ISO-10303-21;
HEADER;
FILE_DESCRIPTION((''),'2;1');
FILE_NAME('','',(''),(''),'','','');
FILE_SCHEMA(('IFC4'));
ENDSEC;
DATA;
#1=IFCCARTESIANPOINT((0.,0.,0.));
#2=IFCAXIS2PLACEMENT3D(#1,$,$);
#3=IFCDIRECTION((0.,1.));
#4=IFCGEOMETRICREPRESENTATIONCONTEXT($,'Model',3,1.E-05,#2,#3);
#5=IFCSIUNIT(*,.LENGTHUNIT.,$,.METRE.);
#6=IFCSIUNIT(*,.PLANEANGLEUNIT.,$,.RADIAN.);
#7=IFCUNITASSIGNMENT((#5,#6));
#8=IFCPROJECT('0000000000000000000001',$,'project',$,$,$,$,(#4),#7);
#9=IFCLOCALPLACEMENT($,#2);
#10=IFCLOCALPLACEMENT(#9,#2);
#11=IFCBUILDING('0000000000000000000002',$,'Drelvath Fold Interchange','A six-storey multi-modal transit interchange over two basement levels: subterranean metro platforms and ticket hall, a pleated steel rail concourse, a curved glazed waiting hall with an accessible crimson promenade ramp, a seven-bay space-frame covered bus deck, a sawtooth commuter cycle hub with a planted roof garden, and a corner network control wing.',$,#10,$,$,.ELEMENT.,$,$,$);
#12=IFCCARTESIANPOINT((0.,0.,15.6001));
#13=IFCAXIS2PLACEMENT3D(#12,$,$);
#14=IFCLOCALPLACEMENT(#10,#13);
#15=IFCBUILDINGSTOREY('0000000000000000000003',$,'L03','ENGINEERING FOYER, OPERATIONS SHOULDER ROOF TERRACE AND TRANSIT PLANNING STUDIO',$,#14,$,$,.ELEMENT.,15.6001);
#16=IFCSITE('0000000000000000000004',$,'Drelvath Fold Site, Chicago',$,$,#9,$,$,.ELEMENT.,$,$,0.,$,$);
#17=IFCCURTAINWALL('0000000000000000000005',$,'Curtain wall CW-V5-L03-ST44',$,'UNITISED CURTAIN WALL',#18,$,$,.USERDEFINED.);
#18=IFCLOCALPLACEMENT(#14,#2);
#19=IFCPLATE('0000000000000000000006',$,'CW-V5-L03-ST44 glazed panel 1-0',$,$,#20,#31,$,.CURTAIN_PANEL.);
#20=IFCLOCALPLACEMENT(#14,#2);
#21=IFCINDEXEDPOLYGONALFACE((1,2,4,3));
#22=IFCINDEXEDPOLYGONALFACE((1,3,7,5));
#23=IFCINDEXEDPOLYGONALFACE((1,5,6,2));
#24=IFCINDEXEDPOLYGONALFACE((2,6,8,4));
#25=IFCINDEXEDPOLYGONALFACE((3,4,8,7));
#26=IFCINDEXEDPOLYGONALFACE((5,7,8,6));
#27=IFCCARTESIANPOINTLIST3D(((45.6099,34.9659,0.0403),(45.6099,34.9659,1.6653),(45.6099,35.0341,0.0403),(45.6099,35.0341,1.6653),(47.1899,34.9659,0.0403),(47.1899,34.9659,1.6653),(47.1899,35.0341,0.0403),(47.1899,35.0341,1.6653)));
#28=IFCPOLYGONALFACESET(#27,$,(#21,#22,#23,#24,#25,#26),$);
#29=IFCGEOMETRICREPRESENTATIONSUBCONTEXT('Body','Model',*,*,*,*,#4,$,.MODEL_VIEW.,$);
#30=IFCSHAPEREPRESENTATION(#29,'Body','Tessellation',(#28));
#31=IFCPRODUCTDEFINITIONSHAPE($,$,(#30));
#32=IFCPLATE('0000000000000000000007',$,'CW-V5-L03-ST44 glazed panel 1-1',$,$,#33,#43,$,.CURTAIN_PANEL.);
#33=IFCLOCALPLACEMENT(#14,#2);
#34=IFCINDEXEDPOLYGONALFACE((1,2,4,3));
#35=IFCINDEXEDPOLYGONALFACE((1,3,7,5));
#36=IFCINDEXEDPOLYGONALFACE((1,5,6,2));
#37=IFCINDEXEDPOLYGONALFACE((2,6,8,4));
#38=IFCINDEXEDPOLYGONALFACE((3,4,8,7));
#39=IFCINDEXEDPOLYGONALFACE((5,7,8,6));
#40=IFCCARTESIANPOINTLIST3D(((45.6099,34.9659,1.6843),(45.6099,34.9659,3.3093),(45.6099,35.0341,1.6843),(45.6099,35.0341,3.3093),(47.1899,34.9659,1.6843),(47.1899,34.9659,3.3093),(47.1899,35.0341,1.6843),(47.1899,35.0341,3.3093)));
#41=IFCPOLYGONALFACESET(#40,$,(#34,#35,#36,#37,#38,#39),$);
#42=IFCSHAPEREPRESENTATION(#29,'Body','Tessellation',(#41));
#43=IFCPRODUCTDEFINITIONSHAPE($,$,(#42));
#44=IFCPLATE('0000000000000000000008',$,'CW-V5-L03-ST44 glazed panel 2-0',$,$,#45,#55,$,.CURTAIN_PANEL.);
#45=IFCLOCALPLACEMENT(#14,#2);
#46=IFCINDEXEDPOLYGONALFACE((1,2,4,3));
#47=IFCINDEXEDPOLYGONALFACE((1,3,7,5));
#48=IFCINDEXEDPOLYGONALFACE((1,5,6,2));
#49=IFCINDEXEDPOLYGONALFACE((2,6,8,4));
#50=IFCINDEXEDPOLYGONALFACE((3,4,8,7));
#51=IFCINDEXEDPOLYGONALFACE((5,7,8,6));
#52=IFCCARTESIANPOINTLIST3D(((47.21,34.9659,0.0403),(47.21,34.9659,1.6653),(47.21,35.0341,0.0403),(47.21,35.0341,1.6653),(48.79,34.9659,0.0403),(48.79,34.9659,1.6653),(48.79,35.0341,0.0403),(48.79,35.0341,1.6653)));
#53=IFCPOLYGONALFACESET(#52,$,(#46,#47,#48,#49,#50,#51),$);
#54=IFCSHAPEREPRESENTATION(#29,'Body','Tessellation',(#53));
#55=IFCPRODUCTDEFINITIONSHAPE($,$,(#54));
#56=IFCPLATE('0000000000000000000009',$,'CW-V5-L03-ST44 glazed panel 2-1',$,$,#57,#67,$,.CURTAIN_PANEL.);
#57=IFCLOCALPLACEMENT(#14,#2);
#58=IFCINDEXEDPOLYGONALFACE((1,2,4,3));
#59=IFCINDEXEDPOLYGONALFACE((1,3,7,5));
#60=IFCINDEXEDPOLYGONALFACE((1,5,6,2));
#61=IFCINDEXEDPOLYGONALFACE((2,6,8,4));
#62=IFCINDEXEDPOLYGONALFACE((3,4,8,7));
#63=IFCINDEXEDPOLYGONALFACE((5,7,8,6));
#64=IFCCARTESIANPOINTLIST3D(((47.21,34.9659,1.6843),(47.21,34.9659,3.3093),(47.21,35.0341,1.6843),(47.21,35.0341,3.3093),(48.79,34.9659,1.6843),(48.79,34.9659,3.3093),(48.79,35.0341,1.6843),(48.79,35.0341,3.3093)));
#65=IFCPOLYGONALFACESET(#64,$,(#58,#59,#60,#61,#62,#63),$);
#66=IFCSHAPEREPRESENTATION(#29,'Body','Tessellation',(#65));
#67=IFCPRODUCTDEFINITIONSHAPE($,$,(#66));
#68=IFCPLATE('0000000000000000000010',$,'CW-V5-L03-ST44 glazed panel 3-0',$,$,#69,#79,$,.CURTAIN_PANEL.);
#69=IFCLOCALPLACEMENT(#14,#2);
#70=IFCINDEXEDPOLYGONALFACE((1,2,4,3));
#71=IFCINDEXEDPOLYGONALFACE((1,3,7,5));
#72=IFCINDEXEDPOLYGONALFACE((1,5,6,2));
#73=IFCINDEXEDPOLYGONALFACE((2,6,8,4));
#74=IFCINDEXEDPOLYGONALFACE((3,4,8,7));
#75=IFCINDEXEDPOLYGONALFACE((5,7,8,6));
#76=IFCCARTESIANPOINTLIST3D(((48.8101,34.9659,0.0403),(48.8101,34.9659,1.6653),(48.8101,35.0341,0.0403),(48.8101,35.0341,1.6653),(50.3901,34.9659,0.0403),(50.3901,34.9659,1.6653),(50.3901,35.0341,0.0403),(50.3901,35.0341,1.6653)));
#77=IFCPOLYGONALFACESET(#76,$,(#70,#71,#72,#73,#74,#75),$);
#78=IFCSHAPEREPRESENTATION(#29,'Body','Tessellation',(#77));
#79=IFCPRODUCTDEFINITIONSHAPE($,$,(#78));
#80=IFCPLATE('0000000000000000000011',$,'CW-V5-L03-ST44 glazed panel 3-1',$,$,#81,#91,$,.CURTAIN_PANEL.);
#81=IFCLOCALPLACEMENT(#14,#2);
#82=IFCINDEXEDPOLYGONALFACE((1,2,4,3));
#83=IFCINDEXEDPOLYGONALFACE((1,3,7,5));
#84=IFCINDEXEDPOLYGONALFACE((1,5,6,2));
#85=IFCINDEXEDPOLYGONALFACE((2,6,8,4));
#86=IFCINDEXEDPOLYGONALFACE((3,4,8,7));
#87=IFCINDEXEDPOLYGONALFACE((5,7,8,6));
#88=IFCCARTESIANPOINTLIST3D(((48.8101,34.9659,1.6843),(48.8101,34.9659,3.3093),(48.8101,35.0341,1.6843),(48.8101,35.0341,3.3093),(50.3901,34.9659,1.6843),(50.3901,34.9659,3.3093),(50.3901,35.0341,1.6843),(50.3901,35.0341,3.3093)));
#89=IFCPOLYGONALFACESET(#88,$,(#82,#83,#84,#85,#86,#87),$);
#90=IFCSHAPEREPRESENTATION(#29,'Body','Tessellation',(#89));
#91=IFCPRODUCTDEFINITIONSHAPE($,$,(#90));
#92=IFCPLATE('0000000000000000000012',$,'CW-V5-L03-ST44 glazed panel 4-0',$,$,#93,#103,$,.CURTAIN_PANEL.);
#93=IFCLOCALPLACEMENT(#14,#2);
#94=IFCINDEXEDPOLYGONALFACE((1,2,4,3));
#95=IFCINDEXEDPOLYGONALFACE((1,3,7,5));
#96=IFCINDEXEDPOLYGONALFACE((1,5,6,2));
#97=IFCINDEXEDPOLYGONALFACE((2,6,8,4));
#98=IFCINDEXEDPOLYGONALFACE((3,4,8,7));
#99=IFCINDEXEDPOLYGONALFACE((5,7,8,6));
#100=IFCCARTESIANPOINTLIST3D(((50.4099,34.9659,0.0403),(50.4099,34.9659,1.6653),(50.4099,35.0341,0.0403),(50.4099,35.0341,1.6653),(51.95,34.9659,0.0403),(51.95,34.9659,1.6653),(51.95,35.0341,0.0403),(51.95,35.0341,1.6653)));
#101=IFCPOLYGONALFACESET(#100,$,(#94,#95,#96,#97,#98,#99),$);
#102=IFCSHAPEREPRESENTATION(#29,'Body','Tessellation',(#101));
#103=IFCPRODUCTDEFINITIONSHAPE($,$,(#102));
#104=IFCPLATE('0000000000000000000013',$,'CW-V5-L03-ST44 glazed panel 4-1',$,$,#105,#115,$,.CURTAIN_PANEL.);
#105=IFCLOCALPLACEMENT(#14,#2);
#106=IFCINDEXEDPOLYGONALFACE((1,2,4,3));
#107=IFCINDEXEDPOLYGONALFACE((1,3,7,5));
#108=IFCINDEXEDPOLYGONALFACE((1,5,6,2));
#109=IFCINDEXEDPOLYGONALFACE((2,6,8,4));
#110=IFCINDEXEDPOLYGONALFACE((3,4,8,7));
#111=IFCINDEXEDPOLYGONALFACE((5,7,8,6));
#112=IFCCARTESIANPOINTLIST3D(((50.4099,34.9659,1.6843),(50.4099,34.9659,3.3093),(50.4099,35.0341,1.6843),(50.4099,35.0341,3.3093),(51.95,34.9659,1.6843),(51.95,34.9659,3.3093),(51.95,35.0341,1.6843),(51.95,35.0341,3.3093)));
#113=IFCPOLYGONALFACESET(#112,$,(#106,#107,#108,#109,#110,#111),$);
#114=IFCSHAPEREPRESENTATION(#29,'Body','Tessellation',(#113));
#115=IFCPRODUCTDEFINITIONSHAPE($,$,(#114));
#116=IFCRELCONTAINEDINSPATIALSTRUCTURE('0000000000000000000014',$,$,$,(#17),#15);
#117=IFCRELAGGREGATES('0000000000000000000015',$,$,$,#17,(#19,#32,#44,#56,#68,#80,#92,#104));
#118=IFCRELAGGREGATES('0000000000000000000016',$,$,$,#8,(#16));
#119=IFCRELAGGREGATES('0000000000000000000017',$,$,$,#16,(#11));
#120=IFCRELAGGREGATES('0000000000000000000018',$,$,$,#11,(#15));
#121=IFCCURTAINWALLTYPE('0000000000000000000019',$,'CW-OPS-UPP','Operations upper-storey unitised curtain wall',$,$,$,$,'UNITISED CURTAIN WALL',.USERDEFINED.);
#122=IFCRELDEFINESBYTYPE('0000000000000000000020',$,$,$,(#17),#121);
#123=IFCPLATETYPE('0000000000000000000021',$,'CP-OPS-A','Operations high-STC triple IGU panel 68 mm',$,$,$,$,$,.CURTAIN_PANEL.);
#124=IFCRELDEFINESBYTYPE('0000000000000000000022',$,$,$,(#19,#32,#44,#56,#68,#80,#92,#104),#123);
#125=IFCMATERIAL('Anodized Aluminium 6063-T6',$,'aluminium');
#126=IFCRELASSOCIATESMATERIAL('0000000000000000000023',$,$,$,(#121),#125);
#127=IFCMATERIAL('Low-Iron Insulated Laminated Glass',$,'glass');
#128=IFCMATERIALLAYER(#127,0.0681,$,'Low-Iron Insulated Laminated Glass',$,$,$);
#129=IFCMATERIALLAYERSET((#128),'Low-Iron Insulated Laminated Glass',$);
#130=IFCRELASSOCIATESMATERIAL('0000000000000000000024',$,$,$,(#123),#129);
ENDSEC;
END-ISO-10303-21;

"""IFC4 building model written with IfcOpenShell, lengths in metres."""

from ifc_helpers import new_model, si_unit, direction, frame, origin, origin_2d, place, context, subcontext, project, spatial, rectangle, extrude, material, layer, layer_set, type_object, element, aggregate, save


model = new_model("IFC4")

# Units and contexts
model_context = context("Model", 3, precision=1e-05, world=origin(), true_north=direction((0.0, 1.0)))
body_context = subcontext(model_context, "Body", "Model", "MODEL_VIEW")
ifc_project = project(units=[si_unit("LENGTHUNIT", "METRE"), si_unit("PLANEANGLEUNIT", "RADIAN")], contexts=[model_context])

# Site, building, storey
site_placement = place(None, origin())
site = spatial("IfcSite", under=ifc_project, at=site_placement, Name="Drelvath Fold Site, Chicago", CompositionType="ELEMENT", RefElevation=0.0)
building_placement = place(site_placement, origin())
building = spatial("IfcBuilding", under=site, at=building_placement, Name="Drelvath Fold Interchange", Description="A six-storey multi-modal transit interchange over two basement levels: subterranean metro platforms and ticket hall, a pleated steel rail concourse, a curved glazed waiting hall with an accessible crimson promenade ramp, a seven-bay space-frame covered bus deck, a sawtooth commuter cycle hub with a planted roof garden, and a corner network control wing.", CompositionType="ELEMENT")
storey_placement = place(building_placement, frame((0.0, 0.0, 15.6001)))
storey = spatial("IfcBuildingStorey", under=building, at=storey_placement, Name="L03", Description="ENGINEERING FOYER, OPERATIONS SHOULDER ROOF TERRACE AND TRANSIT PLANNING STUDIO", CompositionType="ELEMENT", Elevation=15.6001)

# Curtain wall
ifc_material_1 = material(Name="Anodized Aluminium 6063-T6", Category="aluminium")
curtain_wall_type = type_object("IfcCurtainWallType", Name="CW-OPS-UPP", Description="Operations upper-storey unitised curtain wall", ElementType="UNITISED CURTAIN WALL", PredefinedType="USERDEFINED", material=ifc_material_1)
curtain_wall_1_placement = place(storey_placement, origin())
curtain_wall_1 = element("IfcCurtainWall", 1, at=curtain_wall_1_placement, inside=storey, type_object=curtain_wall_type, Name="Curtain wall CW-V5-L03-ST44", ObjectType="UNITISED CURTAIN WALL", PredefinedType="USERDEFINED")

# Plates
ifc_material_2 = material(Name="Low-Iron Insulated Laminated Glass", Category="glass")
ifc_layer = layer(ifc_material_2, 0.0681, Name="Low-Iron Insulated Laminated Glass")
ifc_layer_set = layer_set([ifc_layer], Name="Low-Iron Insulated Laminated Glass")
plate_type = type_object("IfcPlateType", Name="CP-OPS-A", Description="Operations high-STC triple IGU panel 68 mm", PredefinedType="CURTAIN_PANEL", material=ifc_layer_set)
plate_1_placement = place(storey_placement, frame((46.3999, 35.0, 0.0403), z_axis=(0.0, 0.0, 1.0), x_axis=(1.0, 0.0, 0.0)))
plate_1 = element("IfcPlate", 2, at=plate_1_placement, type_object=plate_type, Name="CW-V5-L03-ST44 glazed panel 1-0", PredefinedType="CURTAIN_PANEL", context=body_context, shape_type="SweptSolid", body=[
    extrude(rectangle(XDim=1.5801, YDim=0.0681, at=origin_2d()), origin(), (0.0, 0.0, 1.0), 1.625),
])
plate_2_placement = place(storey_placement, frame((46.3999, 35.0, 1.6843), z_axis=(0.0, 0.0, 1.0), x_axis=(1.0, 0.0, 0.0)))
plate_2 = element("IfcPlate", 3, at=plate_2_placement, type_object=plate_type, Name="CW-V5-L03-ST44 glazed panel 1-1", PredefinedType="CURTAIN_PANEL", context=body_context, shape_type="SweptSolid", body=[
    extrude(rectangle(XDim=1.5801, YDim=0.0681, at=origin_2d()), origin(), (0.0, 0.0, 1.0), 1.625),
])
plate_3_placement = place(storey_placement, frame((48.0, 35.0, 0.0403), z_axis=(0.0, 0.0, 1.0), x_axis=(1.0, 0.0, 0.0)))
plate_3 = element("IfcPlate", 4, at=plate_3_placement, type_object=plate_type, Name="CW-V5-L03-ST44 glazed panel 2-0", PredefinedType="CURTAIN_PANEL", context=body_context, shape_type="SweptSolid", body=[
    extrude(rectangle(XDim=1.5801, YDim=0.0681, at=origin_2d()), origin(), (0.0, 0.0, 1.0), 1.625),
])
plate_4_placement = place(storey_placement, frame((48.0, 35.0, 1.6843), z_axis=(0.0, 0.0, 1.0), x_axis=(1.0, 0.0, 0.0)))
plate_4 = element("IfcPlate", 5, at=plate_4_placement, type_object=plate_type, Name="CW-V5-L03-ST44 glazed panel 2-1", PredefinedType="CURTAIN_PANEL", context=body_context, shape_type="SweptSolid", body=[
    extrude(rectangle(XDim=1.5801, YDim=0.0681, at=origin_2d()), origin(), (0.0, 0.0, 1.0), 1.625),
])
plate_5_placement = place(storey_placement, frame((49.6001, 35.0, 0.0403), z_axis=(0.0, 0.0, 1.0), x_axis=(1.0, 0.0, 0.0)))
plate_5 = element("IfcPlate", 6, at=plate_5_placement, type_object=plate_type, Name="CW-V5-L03-ST44 glazed panel 3-0", PredefinedType="CURTAIN_PANEL", context=body_context, shape_type="SweptSolid", body=[
    extrude(rectangle(XDim=1.5801, YDim=0.0681, at=origin_2d()), origin(), (0.0, 0.0, 1.0), 1.625),
])
plate_6_placement = place(storey_placement, frame((49.6001, 35.0, 1.6843), z_axis=(0.0, 0.0, 1.0), x_axis=(1.0, 0.0, 0.0)))
plate_6 = element("IfcPlate", 7, at=plate_6_placement, type_object=plate_type, Name="CW-V5-L03-ST44 glazed panel 3-1", PredefinedType="CURTAIN_PANEL", context=body_context, shape_type="SweptSolid", body=[
    extrude(rectangle(XDim=1.5801, YDim=0.0681, at=origin_2d()), origin(), (0.0, 0.0, 1.0), 1.625),
])
plate_7_placement = place(storey_placement, frame((51.1799, 35.0, 0.0403), z_axis=(0.0, 0.0, 1.0), x_axis=(1.0, 0.0, 0.0)))
plate_7 = element("IfcPlate", 8, at=plate_7_placement, type_object=plate_type, Name="CW-V5-L03-ST44 glazed panel 4-0", PredefinedType="CURTAIN_PANEL", context=body_context, shape_type="SweptSolid", body=[
    extrude(rectangle(XDim=1.54, YDim=0.0681, at=origin_2d()), origin(), (0.0, 0.0, 1.0), 1.625),
])
plate_8_placement = place(storey_placement, frame((51.1799, 35.0, 1.6843), z_axis=(0.0, 0.0, 1.0), x_axis=(1.0, 0.0, 0.0)))
plate_8 = element("IfcPlate", 9, at=plate_8_placement, type_object=plate_type, Name="CW-V5-L03-ST44 glazed panel 4-1", PredefinedType="CURTAIN_PANEL", context=body_context, shape_type="SweptSolid", body=[
    extrude(rectangle(XDim=1.54, YDim=0.0681, at=origin_2d()), origin(), (0.0, 0.0, 1.0), 1.625),
])
aggregate(curtain_wall_1, [plate_1, plate_2, plate_3, plate_4, plate_5, plate_6, plate_7, plate_8])

save(model, "model.ifc")
